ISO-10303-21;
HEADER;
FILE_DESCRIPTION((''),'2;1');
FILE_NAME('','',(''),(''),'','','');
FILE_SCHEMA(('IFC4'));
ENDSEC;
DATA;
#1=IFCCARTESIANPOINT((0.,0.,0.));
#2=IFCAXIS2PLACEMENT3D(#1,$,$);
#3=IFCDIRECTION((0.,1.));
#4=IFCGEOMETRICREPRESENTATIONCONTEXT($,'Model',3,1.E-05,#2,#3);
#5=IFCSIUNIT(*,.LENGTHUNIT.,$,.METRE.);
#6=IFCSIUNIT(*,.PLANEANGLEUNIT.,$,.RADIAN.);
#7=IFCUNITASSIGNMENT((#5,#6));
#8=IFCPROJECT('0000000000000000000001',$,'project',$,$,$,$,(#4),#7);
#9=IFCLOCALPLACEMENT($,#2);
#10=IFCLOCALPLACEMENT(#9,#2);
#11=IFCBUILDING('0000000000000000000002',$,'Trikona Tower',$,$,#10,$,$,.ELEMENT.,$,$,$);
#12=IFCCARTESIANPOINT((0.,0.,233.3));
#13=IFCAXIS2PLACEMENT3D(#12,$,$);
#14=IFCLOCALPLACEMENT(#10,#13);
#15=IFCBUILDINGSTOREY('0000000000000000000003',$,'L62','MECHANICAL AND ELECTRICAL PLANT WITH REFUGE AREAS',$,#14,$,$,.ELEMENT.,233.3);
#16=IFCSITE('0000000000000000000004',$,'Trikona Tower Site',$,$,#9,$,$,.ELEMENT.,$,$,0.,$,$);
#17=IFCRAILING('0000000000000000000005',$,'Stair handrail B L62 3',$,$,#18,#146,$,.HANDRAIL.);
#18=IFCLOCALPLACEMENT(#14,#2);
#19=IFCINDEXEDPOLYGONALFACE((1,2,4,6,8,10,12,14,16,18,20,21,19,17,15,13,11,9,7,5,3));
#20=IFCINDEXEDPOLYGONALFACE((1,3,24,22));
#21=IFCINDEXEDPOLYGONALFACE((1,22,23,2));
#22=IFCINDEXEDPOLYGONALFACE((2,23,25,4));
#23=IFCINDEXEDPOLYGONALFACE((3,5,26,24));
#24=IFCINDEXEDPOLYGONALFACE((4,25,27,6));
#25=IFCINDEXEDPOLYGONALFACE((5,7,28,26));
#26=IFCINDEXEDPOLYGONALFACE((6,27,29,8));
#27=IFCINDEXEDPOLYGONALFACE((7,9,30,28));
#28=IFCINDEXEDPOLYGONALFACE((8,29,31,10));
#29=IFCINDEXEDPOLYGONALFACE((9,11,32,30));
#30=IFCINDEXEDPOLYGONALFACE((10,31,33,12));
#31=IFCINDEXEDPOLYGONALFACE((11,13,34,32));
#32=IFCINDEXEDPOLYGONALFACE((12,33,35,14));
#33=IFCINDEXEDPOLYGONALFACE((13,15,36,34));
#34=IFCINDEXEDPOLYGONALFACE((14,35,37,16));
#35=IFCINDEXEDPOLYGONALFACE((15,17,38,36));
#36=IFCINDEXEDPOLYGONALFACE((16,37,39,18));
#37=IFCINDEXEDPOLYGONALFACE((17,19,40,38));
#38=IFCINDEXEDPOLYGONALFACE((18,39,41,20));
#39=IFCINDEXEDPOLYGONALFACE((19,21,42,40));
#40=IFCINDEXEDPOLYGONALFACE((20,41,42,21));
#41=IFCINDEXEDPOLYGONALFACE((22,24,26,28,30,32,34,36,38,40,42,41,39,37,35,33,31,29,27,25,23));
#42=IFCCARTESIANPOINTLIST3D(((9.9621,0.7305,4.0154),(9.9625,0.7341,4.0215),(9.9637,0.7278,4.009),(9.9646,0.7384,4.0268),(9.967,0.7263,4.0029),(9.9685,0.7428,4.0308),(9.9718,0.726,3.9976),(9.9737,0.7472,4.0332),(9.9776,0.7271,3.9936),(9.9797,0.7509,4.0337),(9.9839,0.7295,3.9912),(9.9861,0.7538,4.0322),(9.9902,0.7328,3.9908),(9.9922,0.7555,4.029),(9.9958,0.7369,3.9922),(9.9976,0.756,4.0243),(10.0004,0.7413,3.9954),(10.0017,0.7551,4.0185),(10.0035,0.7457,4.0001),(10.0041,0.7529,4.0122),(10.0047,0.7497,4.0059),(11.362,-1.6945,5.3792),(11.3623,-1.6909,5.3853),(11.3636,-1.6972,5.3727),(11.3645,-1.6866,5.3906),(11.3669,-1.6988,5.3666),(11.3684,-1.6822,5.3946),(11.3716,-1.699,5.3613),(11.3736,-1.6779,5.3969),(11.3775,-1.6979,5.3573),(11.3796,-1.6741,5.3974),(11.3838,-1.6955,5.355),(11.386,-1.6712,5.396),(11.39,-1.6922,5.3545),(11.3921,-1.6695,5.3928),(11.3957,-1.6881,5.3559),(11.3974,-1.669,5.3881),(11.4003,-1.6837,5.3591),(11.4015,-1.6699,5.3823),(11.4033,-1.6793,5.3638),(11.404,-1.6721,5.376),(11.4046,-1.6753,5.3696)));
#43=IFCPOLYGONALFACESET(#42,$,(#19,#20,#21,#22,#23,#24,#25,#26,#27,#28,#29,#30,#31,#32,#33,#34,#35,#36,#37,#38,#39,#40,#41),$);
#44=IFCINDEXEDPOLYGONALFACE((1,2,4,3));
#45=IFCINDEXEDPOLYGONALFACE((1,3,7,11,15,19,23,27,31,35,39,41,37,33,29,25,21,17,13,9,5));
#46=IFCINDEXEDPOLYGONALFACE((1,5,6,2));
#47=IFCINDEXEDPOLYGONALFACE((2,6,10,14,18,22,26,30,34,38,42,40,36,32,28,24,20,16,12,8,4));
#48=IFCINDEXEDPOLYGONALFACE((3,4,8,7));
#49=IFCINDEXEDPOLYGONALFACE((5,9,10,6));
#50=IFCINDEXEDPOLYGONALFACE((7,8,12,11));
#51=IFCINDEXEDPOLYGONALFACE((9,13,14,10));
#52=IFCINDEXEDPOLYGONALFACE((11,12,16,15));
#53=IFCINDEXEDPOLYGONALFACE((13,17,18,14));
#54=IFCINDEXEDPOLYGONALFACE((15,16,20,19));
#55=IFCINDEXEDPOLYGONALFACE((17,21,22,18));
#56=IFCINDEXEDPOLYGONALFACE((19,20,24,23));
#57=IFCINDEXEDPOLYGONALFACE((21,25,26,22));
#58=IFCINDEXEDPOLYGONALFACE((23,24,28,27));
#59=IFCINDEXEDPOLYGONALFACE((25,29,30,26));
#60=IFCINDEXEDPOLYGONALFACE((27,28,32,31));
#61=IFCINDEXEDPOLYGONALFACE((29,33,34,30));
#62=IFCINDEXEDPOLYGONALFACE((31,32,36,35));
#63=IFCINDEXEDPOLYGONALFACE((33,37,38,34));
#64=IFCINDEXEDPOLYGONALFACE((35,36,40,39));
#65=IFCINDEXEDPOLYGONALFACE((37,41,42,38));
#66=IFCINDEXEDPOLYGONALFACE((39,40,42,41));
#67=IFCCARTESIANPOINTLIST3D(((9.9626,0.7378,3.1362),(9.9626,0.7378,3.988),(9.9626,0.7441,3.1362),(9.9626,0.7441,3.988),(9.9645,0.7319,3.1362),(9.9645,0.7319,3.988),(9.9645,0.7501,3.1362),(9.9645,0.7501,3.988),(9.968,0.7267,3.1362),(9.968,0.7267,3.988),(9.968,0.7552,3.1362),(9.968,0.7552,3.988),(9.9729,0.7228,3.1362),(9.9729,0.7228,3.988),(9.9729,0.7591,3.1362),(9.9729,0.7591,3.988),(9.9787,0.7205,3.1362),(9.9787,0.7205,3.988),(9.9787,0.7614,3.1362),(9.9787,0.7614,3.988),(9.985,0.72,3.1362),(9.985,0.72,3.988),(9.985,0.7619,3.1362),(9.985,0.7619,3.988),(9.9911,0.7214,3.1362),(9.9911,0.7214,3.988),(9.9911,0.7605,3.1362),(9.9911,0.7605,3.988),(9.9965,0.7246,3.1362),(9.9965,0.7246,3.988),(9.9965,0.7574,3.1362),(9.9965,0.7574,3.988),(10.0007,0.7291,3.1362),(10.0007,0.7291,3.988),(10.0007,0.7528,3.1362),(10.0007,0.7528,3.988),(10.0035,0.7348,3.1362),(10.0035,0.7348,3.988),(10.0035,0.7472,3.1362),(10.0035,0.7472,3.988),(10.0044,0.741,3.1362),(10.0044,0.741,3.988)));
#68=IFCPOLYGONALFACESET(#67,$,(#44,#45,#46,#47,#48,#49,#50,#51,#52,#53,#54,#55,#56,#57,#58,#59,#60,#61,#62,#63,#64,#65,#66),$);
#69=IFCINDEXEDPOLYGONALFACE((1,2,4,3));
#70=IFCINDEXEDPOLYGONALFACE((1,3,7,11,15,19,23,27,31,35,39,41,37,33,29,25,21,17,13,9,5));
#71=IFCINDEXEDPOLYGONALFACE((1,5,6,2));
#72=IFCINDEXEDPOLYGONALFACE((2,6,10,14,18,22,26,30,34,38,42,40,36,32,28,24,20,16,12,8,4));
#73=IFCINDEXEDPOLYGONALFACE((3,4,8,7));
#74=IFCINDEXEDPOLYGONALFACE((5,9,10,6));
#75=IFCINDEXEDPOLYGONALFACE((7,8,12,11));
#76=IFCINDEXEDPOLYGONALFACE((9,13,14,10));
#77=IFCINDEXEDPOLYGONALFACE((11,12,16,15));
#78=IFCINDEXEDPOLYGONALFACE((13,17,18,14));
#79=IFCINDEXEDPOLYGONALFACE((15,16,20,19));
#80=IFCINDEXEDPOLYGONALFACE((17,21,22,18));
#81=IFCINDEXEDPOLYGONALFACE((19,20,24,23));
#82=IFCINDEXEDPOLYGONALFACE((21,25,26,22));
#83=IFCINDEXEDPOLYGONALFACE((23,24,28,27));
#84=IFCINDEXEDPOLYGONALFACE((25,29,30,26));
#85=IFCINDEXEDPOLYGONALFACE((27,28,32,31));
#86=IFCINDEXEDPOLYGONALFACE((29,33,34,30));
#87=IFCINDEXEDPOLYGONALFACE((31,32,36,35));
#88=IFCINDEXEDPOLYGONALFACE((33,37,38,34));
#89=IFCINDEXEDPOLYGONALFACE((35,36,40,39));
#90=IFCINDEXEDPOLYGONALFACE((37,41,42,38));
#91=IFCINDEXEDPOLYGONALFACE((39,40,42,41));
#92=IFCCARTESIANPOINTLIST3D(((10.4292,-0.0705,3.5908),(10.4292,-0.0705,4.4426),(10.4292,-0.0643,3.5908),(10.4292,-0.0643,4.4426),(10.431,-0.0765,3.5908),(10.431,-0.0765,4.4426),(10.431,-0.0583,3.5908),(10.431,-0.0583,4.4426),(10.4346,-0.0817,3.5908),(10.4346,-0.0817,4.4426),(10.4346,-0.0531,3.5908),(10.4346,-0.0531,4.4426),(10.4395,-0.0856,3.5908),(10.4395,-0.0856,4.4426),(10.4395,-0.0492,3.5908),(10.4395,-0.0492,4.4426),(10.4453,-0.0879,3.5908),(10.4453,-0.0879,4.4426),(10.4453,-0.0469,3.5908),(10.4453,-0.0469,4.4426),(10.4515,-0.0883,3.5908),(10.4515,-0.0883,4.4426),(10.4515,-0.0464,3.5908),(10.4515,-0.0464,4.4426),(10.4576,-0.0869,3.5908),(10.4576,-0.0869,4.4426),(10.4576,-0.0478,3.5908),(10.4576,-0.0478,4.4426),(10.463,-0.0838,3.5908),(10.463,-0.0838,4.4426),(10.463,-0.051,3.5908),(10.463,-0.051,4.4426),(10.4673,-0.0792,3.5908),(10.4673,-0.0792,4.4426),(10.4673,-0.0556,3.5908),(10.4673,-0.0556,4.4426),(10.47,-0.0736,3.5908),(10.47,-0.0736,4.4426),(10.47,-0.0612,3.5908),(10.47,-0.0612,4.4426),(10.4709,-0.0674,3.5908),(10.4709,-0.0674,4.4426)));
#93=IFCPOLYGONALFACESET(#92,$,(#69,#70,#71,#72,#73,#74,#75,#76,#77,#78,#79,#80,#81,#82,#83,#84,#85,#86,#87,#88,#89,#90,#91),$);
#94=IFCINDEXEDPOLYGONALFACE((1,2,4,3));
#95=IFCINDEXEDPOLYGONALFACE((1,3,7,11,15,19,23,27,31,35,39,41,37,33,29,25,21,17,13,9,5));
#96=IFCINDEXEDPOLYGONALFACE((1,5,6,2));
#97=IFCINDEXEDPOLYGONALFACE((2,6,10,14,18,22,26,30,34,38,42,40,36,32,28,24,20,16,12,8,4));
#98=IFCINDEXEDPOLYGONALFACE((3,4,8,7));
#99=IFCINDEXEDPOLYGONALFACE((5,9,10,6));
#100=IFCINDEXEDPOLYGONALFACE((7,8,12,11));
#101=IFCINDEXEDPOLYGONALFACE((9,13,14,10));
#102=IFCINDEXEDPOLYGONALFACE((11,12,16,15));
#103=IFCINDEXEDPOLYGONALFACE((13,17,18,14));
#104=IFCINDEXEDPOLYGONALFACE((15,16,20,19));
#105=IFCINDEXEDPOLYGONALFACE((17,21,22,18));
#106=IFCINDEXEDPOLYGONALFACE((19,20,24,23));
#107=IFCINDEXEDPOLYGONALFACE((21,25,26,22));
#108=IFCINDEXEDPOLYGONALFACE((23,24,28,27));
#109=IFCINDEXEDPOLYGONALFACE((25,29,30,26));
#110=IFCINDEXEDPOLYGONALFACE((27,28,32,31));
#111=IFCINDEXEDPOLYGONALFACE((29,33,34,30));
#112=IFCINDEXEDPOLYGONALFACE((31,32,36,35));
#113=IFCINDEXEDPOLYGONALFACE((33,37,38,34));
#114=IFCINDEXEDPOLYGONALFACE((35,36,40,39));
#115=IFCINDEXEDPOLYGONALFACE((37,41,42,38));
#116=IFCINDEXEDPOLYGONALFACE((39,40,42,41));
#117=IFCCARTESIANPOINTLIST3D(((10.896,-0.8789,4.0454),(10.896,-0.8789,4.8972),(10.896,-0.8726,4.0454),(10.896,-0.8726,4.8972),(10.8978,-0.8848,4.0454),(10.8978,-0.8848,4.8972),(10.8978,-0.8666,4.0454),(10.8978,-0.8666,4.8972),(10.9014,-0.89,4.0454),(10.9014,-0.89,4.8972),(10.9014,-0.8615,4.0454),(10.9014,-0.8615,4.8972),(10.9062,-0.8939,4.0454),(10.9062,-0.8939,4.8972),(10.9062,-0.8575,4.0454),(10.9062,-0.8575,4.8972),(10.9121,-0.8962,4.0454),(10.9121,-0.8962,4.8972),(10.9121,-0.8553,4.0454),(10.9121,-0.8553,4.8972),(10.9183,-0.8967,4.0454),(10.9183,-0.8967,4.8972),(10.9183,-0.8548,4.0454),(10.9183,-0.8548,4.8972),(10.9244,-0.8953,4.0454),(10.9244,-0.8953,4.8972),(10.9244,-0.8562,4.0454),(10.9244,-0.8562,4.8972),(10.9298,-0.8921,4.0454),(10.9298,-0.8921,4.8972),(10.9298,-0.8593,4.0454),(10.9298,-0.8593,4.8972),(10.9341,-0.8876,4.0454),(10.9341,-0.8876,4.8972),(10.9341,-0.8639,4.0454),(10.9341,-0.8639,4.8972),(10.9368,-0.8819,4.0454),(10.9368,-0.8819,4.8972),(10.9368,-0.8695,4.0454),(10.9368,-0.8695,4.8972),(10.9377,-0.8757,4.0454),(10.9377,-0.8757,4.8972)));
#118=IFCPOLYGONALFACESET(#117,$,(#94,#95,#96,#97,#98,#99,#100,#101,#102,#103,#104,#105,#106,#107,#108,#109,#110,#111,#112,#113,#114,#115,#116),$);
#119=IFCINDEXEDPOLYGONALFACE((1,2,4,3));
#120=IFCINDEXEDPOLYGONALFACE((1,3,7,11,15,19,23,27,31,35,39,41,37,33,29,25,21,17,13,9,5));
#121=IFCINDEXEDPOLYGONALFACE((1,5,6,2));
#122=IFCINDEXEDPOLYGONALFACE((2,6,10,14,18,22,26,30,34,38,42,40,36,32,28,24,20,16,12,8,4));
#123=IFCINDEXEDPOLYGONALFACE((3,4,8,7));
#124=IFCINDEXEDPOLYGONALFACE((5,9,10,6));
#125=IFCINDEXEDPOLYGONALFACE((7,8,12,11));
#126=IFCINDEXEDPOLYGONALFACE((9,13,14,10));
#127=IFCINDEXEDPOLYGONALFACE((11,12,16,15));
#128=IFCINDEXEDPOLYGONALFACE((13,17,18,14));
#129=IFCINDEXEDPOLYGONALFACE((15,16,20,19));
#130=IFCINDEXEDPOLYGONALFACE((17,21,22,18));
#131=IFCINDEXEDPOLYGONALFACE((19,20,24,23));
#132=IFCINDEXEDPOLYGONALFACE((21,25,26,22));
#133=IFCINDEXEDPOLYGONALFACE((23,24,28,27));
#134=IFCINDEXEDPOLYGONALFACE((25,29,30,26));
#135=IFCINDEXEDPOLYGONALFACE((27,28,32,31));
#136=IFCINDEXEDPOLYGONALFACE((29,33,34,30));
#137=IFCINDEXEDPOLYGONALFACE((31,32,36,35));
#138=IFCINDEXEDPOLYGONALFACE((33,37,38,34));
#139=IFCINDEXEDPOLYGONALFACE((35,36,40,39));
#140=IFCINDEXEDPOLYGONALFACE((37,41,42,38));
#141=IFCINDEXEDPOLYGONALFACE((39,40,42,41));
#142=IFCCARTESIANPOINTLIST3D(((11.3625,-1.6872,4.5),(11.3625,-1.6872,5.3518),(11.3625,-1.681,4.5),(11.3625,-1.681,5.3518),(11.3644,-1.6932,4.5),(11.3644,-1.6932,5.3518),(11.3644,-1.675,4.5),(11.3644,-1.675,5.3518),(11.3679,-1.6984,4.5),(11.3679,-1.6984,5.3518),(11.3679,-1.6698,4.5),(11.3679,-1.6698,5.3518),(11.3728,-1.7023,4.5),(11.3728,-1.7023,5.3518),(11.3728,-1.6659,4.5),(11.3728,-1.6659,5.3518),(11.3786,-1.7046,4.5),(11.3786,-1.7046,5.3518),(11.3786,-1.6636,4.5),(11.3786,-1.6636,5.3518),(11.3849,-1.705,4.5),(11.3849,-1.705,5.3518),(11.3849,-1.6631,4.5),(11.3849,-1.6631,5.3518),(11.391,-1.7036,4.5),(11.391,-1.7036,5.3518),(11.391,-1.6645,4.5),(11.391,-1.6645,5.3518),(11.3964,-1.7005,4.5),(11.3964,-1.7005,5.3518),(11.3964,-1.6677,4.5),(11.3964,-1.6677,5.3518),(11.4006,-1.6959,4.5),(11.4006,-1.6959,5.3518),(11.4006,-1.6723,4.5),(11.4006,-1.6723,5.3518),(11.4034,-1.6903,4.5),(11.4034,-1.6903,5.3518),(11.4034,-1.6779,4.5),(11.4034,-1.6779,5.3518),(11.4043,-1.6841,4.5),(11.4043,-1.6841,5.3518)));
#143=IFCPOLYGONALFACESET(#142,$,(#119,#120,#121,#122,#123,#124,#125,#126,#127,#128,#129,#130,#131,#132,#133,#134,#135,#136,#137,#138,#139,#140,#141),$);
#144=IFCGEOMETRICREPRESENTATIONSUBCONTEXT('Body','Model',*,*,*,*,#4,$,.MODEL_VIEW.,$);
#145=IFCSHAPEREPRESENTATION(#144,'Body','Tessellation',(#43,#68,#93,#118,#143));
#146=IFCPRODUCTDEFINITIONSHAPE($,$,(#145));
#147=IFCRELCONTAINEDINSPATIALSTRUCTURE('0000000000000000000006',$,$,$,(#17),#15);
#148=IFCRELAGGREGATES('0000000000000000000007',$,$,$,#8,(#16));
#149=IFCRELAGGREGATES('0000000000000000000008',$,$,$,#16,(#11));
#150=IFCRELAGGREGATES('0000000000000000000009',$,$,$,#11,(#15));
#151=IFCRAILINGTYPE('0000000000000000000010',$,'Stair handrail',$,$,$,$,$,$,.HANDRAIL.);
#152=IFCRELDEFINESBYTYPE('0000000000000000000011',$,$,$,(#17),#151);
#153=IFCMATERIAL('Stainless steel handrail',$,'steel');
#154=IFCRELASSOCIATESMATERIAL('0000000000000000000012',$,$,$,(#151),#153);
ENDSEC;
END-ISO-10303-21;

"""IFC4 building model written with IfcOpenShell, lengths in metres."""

from ifc_helpers import new_model, si_unit, direction, frame, origin, origin_2d, place, context, subcontext, project, spatial, circle, extrude, material, type_object, element, save


model = new_model("IFC4")

# Units and contexts
model_context = context("Model", 3, precision=1e-05, world=origin(), true_north=direction((0.0, 1.0)))
body_context = subcontext(model_context, "Body", "Model", "MODEL_VIEW")
ifc_project = project(units=[si_unit("LENGTHUNIT", "METRE"), si_unit("PLANEANGLEUNIT", "RADIAN")], contexts=[model_context])

# Site, building, storey
site_placement = place(None, origin())
site = spatial("IfcSite", under=ifc_project, at=site_placement, Name="Trikona Tower Site", CompositionType="ELEMENT", RefElevation=0.0)
building_placement = place(site_placement, origin())
building = spatial("IfcBuilding", under=site, at=building_placement, Name="Trikona Tower", CompositionType="ELEMENT")
storey_placement = place(building_placement, frame((0.0, 0.0, 233.3)))
storey = spatial("IfcBuildingStorey", under=building, at=storey_placement, Name="L62", Description="MECHANICAL AND ELECTRICAL PLANT WITH REFUGE AREAS", CompositionType="ELEMENT", Elevation=233.3)

# Railing
ifc_material_1 = material(Name="Stainless steel handrail", Category="steel")
railing_type = type_object("IfcRailingType", Name="Stair handrail", PredefinedType="HANDRAIL", material=ifc_material_1)
for number, where, name in (
    (1, (9.9834, 0.741, 3.1362), "Stair handrail B L62 3"),
):
    element("IfcRailing", number, at=place(storey_placement, frame(where)), inside=storey, type_object=railing_type, Name=name, PredefinedType="HANDRAIL", context=body_context, shape_type="SweptSolid", body=[
        extrude(circle(Radius=0.0239, at=origin_2d()), frame((0.0, 0.0, 0.876), z_axis=(0.449471, -0.778618, 0.43787), x_axis=(0.866056, 0.499946, 0.0)), (0.0, 0.0, 1.0), 3.1145),
        extrude(circle(Radius=0.021, at=origin_2d()), origin(), (0.0, 0.0, 1.0), 0.8518),
        extrude(circle(Radius=0.021, at=origin_2d()), frame((0.4666, -0.8083, 0.4546)), (0.0, 0.0, 1.0), 0.8518),
        extrude(circle(Radius=0.021, at=origin_2d()), frame((0.9333, -1.6167, 0.9092)), (0.0, 0.0, 1.0), 0.8518),
        extrude(circle(Radius=0.021, at=origin_2d()), frame((1.3999, -2.425, 1.3638)), (0.0, 0.0, 1.0), 0.8518),
    ])

save(model, "model.ifc")
